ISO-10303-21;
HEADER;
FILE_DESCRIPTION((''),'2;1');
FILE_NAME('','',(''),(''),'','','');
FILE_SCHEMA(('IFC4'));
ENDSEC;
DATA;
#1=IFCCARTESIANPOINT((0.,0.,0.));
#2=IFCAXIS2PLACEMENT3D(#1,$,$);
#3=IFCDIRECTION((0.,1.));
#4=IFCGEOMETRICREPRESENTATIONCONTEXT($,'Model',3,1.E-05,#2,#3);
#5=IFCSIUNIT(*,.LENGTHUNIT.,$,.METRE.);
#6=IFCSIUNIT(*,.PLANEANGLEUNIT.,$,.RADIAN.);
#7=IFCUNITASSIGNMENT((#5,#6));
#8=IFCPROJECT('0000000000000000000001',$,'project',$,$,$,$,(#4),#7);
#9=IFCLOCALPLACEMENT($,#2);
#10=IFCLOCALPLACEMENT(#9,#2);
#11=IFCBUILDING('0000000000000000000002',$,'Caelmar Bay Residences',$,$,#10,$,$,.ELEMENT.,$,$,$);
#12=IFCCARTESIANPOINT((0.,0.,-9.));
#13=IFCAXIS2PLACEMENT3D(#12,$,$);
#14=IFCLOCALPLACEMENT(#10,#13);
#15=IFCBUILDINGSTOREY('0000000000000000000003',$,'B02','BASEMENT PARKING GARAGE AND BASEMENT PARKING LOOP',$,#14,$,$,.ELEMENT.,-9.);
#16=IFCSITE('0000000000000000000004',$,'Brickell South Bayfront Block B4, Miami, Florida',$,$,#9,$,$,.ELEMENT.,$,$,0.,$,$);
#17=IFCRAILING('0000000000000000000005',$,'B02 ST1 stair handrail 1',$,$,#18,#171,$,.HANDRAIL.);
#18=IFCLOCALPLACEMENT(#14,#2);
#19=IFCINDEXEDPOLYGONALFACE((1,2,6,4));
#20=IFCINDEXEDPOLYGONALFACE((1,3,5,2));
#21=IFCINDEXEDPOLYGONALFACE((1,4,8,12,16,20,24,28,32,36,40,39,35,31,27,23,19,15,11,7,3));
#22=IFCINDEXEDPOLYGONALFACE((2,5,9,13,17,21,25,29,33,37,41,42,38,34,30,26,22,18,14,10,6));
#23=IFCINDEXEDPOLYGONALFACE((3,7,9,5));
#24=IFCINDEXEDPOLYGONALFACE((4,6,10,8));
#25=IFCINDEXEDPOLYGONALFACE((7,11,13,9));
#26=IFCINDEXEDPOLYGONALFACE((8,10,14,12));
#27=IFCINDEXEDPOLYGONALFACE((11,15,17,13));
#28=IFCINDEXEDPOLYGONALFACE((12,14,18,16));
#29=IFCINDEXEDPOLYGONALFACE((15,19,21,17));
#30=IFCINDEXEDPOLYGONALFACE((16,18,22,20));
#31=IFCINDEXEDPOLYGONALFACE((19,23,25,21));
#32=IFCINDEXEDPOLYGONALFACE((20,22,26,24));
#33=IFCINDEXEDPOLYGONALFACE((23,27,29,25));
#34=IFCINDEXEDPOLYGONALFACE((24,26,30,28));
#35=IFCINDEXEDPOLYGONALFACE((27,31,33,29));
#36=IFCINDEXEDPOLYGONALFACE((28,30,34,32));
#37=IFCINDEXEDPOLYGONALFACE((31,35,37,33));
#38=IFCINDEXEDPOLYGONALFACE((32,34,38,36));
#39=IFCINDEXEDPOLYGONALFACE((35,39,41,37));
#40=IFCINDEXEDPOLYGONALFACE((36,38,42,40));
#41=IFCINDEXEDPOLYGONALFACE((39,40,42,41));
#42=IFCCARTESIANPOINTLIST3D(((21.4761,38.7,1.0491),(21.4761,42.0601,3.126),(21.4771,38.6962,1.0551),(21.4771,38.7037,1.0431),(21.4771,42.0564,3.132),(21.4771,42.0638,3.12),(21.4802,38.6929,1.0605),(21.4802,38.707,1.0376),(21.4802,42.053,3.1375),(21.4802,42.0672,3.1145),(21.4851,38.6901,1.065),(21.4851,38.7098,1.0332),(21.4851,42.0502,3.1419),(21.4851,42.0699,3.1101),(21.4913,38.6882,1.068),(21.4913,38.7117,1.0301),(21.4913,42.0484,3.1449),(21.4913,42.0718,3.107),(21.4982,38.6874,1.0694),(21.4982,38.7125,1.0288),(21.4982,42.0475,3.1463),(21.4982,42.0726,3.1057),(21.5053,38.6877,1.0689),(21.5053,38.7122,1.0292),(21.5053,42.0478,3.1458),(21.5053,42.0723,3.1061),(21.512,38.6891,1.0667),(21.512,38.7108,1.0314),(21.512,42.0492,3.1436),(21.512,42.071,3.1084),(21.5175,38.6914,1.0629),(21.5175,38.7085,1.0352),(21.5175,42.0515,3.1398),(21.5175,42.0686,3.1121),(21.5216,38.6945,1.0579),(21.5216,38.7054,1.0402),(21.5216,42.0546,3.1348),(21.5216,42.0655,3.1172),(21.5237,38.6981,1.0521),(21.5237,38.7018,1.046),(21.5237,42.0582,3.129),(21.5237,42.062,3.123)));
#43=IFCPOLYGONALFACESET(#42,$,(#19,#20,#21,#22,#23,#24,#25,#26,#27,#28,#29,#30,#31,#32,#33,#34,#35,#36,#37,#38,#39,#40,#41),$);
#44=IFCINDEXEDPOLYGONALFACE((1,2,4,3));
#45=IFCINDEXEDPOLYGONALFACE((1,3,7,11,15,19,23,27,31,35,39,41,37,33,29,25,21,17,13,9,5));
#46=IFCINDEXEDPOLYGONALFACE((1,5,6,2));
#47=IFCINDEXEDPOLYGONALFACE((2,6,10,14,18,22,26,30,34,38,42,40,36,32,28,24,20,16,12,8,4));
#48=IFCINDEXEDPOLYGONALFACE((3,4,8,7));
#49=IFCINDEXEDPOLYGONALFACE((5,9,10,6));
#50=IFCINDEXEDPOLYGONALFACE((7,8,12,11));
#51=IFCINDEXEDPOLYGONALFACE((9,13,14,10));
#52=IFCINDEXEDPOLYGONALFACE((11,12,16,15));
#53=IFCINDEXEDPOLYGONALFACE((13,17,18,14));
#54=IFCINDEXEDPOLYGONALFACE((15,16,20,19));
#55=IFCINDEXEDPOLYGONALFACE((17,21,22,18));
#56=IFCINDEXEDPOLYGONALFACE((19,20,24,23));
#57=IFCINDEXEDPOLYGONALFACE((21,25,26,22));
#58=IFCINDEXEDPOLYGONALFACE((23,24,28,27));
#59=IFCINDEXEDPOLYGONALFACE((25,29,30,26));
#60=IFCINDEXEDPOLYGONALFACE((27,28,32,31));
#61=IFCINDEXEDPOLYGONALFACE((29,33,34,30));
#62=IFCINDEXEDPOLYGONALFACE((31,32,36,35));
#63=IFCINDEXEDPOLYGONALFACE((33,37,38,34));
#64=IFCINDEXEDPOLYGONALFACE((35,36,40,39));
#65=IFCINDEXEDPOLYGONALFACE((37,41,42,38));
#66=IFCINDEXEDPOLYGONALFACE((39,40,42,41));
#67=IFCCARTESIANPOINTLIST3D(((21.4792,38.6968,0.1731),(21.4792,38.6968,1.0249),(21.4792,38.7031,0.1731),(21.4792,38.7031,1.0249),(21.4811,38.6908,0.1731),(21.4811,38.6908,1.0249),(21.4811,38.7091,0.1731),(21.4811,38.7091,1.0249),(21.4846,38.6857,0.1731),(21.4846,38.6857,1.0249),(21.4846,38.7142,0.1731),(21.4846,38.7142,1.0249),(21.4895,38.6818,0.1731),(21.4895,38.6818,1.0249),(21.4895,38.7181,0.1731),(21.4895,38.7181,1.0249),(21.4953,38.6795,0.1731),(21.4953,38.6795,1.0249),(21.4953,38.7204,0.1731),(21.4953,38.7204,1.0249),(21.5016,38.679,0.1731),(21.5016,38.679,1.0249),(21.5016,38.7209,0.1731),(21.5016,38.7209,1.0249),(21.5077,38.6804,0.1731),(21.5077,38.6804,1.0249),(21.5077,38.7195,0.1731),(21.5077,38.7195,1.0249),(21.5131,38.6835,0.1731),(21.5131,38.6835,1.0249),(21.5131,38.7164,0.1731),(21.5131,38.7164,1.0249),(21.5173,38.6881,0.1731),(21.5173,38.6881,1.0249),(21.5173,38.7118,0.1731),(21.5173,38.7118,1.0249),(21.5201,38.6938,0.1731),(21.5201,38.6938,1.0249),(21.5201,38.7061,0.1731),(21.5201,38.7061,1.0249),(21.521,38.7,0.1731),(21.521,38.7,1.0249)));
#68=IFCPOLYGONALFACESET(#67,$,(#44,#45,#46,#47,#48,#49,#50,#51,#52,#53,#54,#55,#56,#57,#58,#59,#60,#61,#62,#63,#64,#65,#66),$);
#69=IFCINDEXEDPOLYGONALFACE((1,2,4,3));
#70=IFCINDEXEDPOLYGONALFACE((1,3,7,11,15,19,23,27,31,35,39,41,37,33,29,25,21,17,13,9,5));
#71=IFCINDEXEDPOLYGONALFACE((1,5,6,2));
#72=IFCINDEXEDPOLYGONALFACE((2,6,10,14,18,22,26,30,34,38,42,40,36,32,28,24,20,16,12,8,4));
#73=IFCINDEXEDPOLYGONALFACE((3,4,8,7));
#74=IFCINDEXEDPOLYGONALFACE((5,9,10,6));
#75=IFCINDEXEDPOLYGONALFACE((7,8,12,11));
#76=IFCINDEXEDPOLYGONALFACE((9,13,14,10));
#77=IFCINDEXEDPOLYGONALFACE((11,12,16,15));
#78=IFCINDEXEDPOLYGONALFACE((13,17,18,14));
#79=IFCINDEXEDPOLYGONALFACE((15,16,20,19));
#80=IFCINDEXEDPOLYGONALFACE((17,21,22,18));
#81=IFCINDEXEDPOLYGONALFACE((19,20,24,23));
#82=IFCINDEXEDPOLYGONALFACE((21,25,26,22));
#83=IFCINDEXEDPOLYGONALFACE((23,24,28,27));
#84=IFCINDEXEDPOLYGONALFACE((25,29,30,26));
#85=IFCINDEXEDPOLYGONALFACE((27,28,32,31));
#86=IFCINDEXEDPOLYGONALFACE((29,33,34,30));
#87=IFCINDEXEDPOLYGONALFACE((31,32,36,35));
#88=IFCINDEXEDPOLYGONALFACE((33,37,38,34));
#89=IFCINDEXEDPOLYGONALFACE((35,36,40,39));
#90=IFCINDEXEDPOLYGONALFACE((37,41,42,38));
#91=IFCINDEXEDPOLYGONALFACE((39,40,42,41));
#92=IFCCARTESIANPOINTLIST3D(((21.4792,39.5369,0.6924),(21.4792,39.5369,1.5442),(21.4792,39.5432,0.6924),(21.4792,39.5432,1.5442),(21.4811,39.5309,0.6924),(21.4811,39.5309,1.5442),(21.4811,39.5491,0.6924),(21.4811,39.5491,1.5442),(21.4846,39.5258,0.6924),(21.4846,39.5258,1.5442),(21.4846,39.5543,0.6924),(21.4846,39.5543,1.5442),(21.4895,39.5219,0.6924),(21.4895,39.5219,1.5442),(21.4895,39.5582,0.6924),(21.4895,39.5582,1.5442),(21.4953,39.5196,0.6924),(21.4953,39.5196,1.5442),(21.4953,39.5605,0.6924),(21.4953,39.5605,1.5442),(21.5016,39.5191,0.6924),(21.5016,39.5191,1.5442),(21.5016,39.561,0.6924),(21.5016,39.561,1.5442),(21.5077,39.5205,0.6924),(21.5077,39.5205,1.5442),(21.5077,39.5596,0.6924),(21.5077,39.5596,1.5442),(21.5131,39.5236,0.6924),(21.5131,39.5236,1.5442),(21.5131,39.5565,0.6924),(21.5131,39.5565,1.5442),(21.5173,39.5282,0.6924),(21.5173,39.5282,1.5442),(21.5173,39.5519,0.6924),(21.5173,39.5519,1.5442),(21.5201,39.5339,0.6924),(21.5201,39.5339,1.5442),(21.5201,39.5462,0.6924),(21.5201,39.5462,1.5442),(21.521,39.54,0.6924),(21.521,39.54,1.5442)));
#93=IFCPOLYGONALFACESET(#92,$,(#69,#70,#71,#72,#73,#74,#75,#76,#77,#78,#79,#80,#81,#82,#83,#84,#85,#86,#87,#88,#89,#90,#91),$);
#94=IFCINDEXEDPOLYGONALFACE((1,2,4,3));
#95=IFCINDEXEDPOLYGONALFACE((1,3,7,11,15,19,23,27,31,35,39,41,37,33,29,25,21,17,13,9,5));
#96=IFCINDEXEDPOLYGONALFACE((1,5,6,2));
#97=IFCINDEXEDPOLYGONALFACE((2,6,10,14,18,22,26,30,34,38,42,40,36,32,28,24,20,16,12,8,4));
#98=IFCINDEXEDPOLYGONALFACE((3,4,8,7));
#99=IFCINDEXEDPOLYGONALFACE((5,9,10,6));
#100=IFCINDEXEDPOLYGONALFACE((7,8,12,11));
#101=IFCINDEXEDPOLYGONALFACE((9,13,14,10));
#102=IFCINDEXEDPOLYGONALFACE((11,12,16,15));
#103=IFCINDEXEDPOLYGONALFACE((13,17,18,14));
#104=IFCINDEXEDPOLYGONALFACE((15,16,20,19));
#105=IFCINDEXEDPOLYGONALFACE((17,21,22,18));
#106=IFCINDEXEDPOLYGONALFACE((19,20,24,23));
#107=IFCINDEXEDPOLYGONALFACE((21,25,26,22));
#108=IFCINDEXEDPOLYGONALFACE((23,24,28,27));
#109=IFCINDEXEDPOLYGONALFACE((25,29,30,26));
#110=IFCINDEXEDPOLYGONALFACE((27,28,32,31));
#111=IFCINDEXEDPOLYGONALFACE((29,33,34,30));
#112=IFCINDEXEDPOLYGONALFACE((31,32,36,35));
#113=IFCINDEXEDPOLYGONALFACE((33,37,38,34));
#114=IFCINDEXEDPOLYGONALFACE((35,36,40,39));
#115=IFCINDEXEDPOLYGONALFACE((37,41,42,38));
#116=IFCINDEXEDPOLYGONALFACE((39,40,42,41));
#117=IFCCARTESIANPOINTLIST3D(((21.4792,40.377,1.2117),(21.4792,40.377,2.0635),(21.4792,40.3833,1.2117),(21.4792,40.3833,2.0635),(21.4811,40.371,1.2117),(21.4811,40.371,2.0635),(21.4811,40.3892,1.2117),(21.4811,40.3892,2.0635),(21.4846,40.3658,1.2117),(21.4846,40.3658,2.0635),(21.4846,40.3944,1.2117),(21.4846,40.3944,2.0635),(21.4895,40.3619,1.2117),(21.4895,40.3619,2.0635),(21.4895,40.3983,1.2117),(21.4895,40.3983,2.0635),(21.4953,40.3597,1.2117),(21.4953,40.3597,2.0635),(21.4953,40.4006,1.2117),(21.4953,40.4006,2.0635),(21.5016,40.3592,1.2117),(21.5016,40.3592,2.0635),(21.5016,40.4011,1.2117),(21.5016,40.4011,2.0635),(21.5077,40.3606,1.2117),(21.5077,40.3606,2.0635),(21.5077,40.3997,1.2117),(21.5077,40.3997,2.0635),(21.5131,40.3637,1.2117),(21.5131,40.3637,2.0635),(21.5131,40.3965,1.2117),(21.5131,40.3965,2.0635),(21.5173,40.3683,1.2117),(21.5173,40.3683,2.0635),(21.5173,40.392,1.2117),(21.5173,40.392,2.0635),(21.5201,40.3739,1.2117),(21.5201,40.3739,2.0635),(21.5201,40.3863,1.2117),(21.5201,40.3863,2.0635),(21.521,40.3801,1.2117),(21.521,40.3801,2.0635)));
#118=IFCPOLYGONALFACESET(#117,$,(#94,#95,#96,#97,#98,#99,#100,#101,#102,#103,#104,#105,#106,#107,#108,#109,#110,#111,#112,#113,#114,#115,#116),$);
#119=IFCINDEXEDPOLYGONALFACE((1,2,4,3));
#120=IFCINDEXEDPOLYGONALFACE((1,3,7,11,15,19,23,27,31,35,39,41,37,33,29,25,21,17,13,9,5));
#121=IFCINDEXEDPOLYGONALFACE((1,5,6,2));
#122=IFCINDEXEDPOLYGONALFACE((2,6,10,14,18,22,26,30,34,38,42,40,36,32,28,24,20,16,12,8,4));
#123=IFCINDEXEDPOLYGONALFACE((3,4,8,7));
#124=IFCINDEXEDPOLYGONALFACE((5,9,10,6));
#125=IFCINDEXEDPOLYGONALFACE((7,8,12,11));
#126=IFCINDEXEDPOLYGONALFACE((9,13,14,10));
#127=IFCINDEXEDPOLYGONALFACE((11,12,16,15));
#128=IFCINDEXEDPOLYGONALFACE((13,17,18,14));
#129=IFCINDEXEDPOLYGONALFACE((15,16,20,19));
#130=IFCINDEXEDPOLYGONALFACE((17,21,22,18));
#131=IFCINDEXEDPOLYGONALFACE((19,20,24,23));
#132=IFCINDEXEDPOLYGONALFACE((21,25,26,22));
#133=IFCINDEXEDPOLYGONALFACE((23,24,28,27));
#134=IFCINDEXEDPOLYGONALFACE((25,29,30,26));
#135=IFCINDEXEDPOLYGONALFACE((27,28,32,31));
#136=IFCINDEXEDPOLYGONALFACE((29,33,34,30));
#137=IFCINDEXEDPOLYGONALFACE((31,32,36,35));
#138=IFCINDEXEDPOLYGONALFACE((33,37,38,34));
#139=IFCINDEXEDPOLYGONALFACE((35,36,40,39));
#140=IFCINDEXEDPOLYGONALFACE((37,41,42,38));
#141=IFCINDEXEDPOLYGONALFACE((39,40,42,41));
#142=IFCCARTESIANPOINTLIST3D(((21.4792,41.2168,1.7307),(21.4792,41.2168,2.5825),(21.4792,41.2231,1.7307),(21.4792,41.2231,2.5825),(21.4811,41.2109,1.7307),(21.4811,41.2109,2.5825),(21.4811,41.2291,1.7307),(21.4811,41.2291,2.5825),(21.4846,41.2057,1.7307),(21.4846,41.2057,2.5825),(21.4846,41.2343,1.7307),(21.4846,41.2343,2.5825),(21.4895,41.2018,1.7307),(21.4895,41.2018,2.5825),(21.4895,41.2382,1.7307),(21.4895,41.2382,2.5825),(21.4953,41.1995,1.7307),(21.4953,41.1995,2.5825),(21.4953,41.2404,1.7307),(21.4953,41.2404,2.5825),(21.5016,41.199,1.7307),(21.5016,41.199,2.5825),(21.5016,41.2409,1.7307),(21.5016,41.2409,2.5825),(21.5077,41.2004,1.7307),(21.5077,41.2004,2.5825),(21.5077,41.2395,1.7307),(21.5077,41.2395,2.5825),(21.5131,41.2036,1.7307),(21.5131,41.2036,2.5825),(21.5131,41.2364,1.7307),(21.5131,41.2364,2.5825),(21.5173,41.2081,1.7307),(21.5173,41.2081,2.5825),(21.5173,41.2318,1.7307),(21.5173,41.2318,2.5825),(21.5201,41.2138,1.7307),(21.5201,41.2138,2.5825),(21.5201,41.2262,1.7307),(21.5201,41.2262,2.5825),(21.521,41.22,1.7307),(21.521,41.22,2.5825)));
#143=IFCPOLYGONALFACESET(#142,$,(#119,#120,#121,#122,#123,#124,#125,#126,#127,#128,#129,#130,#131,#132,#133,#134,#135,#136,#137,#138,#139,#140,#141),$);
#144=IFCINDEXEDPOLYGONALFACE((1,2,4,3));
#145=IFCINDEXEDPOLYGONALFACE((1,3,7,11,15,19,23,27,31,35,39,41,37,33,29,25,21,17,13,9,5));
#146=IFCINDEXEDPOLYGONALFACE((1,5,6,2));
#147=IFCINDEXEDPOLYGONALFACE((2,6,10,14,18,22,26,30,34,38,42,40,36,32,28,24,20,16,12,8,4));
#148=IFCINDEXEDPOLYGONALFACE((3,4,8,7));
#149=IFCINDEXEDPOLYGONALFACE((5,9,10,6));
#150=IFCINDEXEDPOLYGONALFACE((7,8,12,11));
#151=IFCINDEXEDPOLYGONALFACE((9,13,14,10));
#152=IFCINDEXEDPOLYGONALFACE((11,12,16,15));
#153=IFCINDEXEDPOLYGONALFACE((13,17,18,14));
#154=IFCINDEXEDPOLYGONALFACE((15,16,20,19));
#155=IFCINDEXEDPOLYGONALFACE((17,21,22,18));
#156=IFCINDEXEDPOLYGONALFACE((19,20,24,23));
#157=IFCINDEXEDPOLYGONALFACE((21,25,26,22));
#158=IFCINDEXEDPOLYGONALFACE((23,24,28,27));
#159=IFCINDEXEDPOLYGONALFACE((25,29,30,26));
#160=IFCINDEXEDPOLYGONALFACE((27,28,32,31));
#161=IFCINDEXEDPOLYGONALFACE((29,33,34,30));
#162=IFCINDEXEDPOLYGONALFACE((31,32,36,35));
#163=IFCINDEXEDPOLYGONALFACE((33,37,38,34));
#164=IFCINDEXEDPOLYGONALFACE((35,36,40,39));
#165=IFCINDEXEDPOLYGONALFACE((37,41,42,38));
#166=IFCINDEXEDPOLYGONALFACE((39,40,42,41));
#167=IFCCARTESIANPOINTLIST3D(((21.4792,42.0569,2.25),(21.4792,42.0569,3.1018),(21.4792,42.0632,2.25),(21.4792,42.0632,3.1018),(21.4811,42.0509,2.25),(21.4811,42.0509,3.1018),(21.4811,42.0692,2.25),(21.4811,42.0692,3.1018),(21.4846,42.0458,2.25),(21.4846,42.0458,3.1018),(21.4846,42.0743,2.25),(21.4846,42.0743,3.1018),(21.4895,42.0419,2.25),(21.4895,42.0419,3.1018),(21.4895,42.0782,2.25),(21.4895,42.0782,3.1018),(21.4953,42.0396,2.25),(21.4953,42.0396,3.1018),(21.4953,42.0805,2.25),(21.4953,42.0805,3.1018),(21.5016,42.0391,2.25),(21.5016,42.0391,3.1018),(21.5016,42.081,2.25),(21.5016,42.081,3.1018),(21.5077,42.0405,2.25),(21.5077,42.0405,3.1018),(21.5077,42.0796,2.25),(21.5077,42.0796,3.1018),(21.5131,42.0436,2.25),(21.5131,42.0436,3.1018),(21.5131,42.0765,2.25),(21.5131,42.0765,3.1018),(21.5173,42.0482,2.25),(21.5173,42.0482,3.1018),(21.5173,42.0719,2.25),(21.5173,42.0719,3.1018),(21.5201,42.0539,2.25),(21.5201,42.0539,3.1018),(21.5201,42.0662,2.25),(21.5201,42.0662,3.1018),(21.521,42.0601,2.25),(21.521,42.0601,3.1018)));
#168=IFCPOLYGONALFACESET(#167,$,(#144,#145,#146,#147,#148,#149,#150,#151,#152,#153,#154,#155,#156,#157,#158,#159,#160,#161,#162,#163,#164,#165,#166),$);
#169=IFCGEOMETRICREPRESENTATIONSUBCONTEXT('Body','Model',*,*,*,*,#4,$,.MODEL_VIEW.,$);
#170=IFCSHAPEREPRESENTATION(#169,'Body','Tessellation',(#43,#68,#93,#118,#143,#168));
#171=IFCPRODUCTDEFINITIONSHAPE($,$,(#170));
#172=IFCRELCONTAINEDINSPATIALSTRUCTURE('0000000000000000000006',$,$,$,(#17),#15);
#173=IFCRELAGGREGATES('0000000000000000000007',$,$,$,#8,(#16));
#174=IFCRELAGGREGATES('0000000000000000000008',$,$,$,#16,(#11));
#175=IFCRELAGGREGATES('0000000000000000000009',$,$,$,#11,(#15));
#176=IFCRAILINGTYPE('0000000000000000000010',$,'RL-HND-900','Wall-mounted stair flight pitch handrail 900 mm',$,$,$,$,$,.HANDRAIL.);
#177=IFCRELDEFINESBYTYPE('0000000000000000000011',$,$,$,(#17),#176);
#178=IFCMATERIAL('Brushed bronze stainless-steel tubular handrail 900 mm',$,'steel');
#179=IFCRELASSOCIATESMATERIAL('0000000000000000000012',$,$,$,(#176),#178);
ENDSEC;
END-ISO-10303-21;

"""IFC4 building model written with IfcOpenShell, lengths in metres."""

from ifc_helpers import new_model, si_unit, direction, frame, origin, origin_2d, place, context, subcontext, project, spatial, circle, extrude, material, type_object, element, save


model = new_model("IFC4")

# Units and contexts
model_context = context("Model", 3, precision=1e-05, world=origin(), true_north=direction((0.0, 1.0)))
body_context = subcontext(model_context, "Body", "Model", "MODEL_VIEW")
ifc_project = project(units=[si_unit("LENGTHUNIT", "METRE"), si_unit("PLANEANGLEUNIT", "RADIAN")], contexts=[model_context])

# Site, building, storey
site_placement = place(None, origin())
site = spatial("IfcSite", under=ifc_project, at=site_placement, Name="Brickell South Bayfront Block B4, Miami, Florida", CompositionType="ELEMENT", RefElevation=0.0)
building_placement = place(site_placement, origin())
building = spatial("IfcBuilding", under=site, at=building_placement, Name="Caelmar Bay Residences", CompositionType="ELEMENT")
storey_placement = place(building_placement, frame((0.0, 0.0, -9.0)))
storey = spatial("IfcBuildingStorey", under=building, at=storey_placement, Name="B02", Description="BASEMENT PARKING GARAGE AND BASEMENT PARKING LOOP", CompositionType="ELEMENT", Elevation=-9.0)

# Railing
ifc_material_1 = material(Name="Brushed bronze stainless-steel tubular handrail 900 mm", Category="steel")
railing_type_1 = type_object("IfcRailingType", Name="RL-HND-900", Description="Wall-mounted stair flight pitch handrail 900 mm", PredefinedType="HANDRAIL", material=ifc_material_1)
for number, where, name in (
    (1, (21.5, 38.7, 0.1731), "B02 ST1 stair handrail 1"),
):
    element("IfcRailing", number, at=place(storey_placement, frame(where)), inside=storey, type_object=railing_type_1, Name=name, PredefinedType="HANDRAIL", context=body_context, shape_type="SweptSolid", body=[
        extrude(circle(Radius=0.0239, at=origin_2d()), frame((0.0, 0.0, 0.876), z_axis=(0.0, 0.850623, 0.525776), x_axis=(-1.0, 0.0, 0.0)), (0.0, 0.0, 1.0), 3.9502),
        extrude(circle(Radius=0.021, at=origin_2d()), origin(), (0.0, 0.0, 1.0), 0.8518),
        extrude(circle(Radius=0.021, at=origin_2d()), frame((0.0, 0.8401, 0.5193)), (0.0, 0.0, 1.0), 0.8518),
        extrude(circle(Radius=0.021, at=origin_2d()), frame((0.0, 1.6802, 1.0386)), (0.0, 0.0, 1.0), 0.8518),
        extrude(circle(Radius=0.021, at=origin_2d()), frame((0.0, 2.52, 1.5576)), (0.0, 0.0, 1.0), 0.8518),
        extrude(circle(Radius=0.021, at=origin_2d()), frame((0.0, 3.3601, 2.0769)), (0.0, 0.0, 1.0), 0.8518),
    ])

save(model, "model.ifc")
